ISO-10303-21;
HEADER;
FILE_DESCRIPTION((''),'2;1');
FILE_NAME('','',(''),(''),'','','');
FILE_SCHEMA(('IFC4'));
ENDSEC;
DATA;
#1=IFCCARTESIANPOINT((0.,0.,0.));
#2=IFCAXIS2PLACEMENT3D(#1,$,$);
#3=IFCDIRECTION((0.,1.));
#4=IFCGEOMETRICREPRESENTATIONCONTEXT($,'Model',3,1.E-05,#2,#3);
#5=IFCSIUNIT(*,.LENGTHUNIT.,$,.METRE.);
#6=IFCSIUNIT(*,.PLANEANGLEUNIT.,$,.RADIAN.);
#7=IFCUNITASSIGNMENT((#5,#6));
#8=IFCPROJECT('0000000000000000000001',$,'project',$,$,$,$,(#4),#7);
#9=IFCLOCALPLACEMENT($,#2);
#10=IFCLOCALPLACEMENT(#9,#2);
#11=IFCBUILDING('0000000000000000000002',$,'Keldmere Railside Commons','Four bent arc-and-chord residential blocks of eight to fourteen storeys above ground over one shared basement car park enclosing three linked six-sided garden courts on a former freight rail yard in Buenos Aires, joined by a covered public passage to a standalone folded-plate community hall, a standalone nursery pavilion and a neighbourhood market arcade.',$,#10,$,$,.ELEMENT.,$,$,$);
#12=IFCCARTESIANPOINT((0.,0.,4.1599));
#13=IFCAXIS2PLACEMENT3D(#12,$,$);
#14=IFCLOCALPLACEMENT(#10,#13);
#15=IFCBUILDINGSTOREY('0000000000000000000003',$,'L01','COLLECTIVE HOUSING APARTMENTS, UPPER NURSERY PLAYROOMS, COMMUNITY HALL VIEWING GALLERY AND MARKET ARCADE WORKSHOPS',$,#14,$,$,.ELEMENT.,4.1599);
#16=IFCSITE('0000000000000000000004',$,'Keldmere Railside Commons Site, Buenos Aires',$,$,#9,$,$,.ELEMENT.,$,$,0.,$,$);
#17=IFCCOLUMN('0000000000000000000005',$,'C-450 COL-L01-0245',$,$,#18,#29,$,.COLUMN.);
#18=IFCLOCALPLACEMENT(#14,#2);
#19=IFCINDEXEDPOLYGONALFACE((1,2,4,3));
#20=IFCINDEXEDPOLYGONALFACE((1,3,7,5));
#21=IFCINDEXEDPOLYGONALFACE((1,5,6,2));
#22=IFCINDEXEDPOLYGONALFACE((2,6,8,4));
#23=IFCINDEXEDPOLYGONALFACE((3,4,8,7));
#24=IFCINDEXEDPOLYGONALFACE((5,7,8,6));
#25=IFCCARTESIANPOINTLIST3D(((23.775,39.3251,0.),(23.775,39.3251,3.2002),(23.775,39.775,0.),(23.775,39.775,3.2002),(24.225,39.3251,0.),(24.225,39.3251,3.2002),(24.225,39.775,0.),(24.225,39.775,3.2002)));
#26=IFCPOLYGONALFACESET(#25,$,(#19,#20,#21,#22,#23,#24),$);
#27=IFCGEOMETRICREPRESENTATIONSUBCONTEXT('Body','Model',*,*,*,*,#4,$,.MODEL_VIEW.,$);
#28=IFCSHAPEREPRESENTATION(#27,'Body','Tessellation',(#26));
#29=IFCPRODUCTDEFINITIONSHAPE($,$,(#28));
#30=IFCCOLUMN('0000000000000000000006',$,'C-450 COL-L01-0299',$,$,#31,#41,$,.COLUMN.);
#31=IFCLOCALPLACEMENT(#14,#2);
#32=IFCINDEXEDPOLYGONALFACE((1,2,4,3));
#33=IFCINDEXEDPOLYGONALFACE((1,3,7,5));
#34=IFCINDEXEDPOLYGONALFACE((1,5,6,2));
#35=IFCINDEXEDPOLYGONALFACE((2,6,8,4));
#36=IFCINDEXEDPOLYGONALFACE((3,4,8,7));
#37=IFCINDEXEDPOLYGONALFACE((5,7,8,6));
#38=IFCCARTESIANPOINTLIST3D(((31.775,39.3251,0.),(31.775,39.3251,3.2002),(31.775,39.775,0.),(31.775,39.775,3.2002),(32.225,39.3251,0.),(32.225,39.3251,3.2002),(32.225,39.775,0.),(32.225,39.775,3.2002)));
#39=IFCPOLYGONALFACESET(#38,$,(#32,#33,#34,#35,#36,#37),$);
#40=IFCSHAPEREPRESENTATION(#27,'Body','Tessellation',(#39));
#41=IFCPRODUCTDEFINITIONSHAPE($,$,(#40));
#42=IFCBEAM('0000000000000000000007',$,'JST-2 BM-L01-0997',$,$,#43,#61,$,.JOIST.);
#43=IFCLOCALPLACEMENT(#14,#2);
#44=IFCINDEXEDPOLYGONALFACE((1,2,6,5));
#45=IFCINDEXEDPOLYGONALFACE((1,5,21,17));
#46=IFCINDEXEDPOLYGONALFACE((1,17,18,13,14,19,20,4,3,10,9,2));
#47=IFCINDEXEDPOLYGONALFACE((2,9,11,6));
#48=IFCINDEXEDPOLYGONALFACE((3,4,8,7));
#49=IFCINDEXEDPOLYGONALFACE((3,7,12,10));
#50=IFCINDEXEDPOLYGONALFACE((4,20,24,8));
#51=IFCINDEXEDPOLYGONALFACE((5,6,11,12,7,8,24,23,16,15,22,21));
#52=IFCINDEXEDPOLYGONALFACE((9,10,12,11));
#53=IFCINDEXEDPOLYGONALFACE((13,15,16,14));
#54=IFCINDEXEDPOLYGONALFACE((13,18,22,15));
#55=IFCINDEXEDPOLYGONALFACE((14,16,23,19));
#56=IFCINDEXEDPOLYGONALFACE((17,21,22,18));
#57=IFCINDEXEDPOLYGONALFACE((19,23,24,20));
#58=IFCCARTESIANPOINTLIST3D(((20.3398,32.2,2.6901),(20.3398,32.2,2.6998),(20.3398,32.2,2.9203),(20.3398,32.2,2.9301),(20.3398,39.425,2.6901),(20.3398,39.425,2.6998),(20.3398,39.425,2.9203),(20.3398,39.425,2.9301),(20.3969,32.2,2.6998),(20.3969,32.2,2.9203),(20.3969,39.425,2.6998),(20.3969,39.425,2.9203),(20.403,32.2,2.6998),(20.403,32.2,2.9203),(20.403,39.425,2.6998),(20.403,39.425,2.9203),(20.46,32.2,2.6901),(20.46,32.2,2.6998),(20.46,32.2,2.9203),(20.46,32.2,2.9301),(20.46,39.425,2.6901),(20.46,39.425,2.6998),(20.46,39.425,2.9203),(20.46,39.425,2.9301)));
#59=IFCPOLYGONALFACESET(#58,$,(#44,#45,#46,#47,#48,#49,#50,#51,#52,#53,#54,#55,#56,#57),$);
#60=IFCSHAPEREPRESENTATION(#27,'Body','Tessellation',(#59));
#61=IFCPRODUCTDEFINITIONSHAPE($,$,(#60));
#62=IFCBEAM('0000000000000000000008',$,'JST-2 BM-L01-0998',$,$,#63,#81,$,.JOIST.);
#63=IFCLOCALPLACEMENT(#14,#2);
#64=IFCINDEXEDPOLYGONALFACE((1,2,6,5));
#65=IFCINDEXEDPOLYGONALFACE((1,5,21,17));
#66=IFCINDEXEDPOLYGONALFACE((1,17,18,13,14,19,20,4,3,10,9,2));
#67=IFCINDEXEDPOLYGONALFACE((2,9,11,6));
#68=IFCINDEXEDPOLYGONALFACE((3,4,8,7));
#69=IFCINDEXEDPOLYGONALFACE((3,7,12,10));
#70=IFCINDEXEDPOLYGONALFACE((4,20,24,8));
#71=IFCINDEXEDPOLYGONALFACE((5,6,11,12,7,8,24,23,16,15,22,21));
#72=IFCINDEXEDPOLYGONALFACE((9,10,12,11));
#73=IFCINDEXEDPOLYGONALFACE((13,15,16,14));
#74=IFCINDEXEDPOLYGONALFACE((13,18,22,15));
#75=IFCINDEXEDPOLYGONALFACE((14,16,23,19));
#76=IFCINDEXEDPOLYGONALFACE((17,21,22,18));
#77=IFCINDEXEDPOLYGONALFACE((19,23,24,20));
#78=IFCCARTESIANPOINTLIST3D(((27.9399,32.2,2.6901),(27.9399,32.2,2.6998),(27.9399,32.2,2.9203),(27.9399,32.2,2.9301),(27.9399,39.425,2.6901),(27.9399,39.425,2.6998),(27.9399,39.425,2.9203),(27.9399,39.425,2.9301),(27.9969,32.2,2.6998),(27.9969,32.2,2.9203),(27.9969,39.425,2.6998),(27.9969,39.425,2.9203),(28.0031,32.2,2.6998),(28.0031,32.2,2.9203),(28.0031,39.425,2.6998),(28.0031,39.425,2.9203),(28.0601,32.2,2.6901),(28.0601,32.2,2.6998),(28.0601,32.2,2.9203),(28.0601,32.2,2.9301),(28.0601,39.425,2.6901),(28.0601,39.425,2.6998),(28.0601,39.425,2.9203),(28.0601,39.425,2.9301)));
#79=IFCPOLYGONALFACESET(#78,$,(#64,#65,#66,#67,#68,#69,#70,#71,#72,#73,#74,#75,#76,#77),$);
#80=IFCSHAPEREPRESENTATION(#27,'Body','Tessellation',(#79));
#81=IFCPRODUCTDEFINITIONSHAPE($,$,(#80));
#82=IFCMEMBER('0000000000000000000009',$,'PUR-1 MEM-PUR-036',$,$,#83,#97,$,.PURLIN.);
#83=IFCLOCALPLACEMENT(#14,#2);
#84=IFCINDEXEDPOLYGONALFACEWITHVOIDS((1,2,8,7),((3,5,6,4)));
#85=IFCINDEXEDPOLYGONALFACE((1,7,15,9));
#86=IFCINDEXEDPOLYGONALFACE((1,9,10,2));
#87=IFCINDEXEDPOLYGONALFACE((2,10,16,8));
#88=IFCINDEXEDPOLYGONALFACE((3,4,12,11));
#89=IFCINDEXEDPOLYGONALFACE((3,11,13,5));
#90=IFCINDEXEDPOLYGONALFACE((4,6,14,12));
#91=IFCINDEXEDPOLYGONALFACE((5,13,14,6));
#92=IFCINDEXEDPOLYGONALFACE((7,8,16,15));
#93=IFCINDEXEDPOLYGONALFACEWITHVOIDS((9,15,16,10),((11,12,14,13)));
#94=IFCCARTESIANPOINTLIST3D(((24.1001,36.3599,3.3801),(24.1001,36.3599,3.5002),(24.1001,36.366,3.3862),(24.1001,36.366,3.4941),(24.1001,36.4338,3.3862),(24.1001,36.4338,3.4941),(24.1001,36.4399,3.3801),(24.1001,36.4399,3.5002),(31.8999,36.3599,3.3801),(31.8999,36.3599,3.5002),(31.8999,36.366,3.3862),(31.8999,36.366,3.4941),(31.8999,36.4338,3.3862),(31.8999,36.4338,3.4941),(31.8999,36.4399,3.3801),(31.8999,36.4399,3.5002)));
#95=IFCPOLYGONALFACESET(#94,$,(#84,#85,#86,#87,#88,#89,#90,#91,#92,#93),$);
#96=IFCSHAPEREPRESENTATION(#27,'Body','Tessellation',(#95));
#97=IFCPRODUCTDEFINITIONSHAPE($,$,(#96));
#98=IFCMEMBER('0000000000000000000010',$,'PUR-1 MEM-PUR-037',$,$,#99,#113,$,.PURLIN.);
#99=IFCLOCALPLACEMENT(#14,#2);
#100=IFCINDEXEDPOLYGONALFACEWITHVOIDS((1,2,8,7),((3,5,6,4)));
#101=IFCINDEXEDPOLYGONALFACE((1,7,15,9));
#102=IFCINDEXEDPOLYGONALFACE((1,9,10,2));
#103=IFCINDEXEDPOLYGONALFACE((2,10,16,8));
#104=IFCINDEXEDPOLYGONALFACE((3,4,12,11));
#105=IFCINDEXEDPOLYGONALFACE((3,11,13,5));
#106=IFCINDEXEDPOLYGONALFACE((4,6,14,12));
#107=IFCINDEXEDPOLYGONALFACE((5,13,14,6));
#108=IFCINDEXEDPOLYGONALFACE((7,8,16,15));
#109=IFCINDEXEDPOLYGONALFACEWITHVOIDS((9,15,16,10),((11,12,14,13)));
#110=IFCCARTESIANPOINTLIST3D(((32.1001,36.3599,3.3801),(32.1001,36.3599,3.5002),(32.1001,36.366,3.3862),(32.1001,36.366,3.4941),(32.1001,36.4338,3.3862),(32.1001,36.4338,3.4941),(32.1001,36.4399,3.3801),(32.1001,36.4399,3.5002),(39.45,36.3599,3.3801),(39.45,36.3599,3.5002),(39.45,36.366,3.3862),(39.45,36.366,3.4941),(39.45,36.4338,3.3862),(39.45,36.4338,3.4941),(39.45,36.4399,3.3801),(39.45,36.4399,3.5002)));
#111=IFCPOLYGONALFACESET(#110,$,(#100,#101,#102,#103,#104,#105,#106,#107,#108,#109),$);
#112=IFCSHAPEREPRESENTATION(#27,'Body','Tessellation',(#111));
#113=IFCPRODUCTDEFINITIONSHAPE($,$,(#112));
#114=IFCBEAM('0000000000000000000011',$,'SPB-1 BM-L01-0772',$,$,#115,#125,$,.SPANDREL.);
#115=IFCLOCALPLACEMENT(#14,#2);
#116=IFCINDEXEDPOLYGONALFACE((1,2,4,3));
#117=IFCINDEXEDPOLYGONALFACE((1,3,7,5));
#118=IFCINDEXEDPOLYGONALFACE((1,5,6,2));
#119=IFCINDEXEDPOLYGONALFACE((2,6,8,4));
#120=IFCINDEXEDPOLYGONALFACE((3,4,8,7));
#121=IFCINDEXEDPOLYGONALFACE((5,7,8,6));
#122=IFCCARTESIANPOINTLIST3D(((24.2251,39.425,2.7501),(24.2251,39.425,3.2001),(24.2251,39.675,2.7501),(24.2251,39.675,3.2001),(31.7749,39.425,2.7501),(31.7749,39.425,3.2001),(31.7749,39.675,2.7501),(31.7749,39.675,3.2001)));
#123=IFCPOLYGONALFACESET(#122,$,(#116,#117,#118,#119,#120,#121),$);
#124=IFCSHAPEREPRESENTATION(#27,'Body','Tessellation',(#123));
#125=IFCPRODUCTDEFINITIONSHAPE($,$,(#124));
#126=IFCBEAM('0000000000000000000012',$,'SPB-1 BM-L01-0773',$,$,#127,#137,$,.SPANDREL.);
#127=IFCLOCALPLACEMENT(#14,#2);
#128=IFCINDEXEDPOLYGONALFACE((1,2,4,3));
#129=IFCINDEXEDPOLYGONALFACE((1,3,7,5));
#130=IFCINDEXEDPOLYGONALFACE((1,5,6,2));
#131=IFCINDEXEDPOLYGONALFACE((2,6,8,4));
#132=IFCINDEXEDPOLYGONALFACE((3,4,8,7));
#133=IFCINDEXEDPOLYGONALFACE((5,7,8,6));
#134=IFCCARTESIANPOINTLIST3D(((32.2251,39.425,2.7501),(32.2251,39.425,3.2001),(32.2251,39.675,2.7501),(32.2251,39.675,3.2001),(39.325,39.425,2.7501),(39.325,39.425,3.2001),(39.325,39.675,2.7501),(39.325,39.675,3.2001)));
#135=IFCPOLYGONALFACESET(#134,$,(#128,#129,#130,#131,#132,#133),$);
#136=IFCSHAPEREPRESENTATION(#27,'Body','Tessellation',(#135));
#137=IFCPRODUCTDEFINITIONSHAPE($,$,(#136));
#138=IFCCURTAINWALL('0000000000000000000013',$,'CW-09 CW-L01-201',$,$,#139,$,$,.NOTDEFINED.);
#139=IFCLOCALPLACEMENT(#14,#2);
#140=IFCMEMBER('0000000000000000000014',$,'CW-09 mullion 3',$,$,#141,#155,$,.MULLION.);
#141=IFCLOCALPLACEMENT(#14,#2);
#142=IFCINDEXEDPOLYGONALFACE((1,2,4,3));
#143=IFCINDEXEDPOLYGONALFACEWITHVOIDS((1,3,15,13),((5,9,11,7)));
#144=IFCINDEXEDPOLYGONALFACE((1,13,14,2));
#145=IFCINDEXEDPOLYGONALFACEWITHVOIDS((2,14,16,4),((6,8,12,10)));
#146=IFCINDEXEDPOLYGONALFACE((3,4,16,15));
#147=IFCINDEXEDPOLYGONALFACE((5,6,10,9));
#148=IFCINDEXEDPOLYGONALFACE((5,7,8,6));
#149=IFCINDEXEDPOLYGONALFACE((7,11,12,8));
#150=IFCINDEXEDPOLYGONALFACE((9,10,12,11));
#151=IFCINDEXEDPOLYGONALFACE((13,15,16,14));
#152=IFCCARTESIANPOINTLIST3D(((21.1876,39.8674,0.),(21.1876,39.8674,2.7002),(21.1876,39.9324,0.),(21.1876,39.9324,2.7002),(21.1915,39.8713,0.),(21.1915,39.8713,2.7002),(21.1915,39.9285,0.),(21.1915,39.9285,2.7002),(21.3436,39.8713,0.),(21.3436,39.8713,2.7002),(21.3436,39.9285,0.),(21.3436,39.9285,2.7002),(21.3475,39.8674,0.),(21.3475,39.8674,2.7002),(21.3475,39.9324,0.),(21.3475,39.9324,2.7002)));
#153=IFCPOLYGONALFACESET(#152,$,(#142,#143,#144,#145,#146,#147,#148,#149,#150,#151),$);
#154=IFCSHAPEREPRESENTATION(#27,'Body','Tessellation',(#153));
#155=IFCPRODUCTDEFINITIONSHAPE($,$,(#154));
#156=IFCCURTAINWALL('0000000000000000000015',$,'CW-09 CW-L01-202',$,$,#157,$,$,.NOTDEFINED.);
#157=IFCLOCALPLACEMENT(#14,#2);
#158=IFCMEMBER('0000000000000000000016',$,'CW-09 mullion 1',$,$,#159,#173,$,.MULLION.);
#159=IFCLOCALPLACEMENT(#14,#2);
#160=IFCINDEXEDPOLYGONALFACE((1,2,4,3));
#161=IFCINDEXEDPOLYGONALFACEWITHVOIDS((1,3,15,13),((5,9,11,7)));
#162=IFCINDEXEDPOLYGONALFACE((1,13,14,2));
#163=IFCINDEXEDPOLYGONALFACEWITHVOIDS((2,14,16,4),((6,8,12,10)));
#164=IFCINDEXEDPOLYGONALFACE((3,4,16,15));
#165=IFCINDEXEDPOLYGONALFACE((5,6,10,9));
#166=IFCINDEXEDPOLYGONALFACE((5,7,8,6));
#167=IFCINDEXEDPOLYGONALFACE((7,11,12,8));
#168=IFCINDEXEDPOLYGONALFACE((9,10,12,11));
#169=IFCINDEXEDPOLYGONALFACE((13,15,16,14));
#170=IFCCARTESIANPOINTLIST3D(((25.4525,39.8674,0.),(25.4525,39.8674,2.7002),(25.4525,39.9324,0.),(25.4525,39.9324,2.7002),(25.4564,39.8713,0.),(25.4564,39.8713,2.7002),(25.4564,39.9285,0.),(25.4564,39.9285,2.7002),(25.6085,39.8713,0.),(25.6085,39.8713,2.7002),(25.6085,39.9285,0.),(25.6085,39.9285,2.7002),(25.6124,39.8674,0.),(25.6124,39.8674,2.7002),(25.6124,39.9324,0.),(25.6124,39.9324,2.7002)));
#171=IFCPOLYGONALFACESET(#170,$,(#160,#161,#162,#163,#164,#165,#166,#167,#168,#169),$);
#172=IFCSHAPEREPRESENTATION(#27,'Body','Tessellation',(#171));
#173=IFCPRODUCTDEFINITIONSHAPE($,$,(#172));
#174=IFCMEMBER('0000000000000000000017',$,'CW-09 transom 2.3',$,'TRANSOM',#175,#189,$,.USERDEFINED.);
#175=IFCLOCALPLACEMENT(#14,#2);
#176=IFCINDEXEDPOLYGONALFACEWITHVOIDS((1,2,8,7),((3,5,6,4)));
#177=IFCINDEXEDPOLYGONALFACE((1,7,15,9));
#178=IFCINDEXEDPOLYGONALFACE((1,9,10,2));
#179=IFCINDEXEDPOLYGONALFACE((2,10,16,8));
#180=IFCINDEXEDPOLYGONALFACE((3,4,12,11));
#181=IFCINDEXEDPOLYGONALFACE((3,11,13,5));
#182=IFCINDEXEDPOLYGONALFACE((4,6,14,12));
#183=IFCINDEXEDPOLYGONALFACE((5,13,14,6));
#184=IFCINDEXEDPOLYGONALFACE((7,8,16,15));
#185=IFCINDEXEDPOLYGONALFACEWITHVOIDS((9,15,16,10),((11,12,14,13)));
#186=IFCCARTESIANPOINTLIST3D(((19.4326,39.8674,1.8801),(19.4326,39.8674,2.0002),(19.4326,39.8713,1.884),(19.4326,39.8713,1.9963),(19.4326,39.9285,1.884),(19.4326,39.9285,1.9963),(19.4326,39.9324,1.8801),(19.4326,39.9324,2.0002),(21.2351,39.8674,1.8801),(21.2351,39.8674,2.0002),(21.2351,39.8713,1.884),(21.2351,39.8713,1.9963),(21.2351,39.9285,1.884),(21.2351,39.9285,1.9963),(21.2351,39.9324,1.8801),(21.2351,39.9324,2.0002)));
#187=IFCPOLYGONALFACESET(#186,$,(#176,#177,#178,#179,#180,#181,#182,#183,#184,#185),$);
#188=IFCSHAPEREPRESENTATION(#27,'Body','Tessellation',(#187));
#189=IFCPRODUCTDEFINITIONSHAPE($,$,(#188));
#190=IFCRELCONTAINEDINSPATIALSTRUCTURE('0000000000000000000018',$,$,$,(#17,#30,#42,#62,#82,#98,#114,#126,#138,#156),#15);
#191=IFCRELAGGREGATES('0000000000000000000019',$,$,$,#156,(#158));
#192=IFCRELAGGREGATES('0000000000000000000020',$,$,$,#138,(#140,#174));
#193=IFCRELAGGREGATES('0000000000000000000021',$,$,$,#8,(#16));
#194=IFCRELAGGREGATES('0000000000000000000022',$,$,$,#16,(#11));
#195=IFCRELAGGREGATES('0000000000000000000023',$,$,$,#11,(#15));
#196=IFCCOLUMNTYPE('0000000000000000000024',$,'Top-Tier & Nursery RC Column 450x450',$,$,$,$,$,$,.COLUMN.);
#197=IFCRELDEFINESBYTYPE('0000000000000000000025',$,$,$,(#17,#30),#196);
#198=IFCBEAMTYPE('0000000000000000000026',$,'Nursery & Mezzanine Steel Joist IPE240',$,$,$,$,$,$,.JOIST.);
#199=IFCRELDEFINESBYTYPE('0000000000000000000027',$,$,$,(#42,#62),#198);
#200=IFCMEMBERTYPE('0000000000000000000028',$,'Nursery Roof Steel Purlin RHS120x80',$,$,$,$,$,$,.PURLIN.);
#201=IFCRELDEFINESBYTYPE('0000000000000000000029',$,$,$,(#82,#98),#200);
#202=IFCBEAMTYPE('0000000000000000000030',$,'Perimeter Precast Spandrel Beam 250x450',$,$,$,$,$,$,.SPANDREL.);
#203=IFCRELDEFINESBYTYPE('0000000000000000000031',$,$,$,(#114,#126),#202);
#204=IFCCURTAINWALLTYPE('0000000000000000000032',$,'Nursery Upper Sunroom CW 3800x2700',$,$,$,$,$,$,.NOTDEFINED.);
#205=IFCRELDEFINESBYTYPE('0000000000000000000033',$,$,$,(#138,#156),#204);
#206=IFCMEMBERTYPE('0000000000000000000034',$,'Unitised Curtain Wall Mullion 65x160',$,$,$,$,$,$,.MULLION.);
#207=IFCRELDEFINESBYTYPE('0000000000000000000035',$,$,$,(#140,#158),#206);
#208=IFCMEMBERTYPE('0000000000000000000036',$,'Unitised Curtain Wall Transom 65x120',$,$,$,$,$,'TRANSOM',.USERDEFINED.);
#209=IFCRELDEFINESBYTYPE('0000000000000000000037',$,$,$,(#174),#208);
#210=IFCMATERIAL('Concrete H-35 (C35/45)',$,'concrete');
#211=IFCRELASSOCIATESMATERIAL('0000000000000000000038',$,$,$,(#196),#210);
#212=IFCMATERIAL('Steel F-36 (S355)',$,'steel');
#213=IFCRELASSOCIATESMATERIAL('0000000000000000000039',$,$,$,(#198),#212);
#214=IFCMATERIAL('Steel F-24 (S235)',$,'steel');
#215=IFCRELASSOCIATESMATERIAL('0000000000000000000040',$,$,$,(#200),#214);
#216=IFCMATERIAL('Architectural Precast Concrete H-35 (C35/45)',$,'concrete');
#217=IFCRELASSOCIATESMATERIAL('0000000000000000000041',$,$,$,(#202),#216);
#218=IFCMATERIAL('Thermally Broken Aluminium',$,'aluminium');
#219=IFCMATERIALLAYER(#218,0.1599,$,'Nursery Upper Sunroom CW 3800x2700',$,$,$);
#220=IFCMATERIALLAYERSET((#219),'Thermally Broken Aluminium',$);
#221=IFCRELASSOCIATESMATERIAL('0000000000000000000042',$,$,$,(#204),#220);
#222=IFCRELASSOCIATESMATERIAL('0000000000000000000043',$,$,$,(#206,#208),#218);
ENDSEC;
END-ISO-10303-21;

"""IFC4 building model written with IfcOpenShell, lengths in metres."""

from ifc_helpers import new_model, si_unit, direction, frame, origin, origin_2d, place, context, subcontext, project, spatial, rectangle, hollow_rectangle, i_section, extrude, material, layer, layer_set, material_profile, profile_set, type_object, element, aggregate, save


model = new_model("IFC4")

# Units and contexts
model_context = context("Model", 3, precision=1e-05, world=origin(), true_north=direction((0.0, 1.0)))
body_context = subcontext(model_context, "Body", "Model", "MODEL_VIEW")
ifc_project = project(units=[si_unit("LENGTHUNIT", "METRE"), si_unit("PLANEANGLEUNIT", "RADIAN")], contexts=[model_context])

# Site, building, storey
site_placement = place(None, origin())
site = spatial("IfcSite", under=ifc_project, at=site_placement, Name="Keldmere Railside Commons Site, Buenos Aires", CompositionType="ELEMENT", RefElevation=0.0)
building_placement = place(site_placement, origin())
building = spatial("IfcBuilding", under=site, at=building_placement, Name="Keldmere Railside Commons", Description="Four bent arc-and-chord residential blocks of eight to fourteen storeys above ground over one shared basement car park enclosing three linked six-sided garden courts on a former freight rail yard in Buenos Aires, joined by a covered public passage to a standalone folded-plate community hall, a standalone nursery pavilion and a neighbourhood market arcade.", CompositionType="ELEMENT")
storey_placement = place(building_placement, frame((0.0, 0.0, 4.1599)))
storey = spatial("IfcBuildingStorey", under=building, at=storey_placement, Name="L01", Description="COLLECTIVE HOUSING APARTMENTS, UPPER NURSERY PLAYROOMS, COMMUNITY HALL VIEWING GALLERY AND MARKET ARCADE WORKSHOPS", CompositionType="ELEMENT", Elevation=4.1599)

# Columns
ifc_material_1 = material(Name="Concrete H-35 (C35/45)", Category="concrete")
ifc_material_profile_1 = material_profile(ifc_material_1, rectangle(XDim=0.45, YDim=0.45, at=origin_2d()), Name="RC-450x450")
ifc_profile_set_1 = profile_set([ifc_material_profile_1], Name="Concrete H-35 (C35/45)")
column_type = type_object("IfcColumnType", Name="Top-Tier & Nursery RC Column 450x450", PredefinedType="COLUMN", material=ifc_profile_set_1)
for number, where, z_axis, x_axis, name in (
    (1, (24.0, 39.55, 0.0), (0.0, 0.0, 1.0), (1.0, 0.0, 0.0), "C-450 COL-L01-0245"),
    (2, (32.0, 39.55, 0.0), (0.0, 0.0, 1.0), (1.0, 0.0, 0.0), "C-450 COL-L01-0299"),
):
    element("IfcColumn", number, at=place(storey_placement, frame(where, z_axis=z_axis, x_axis=x_axis)), inside=storey, type_object=column_type, Name=name, PredefinedType="COLUMN", context=body_context, shape_type="SweptSolid", body=[
        extrude(rectangle(XDim=0.45, YDim=0.45, at=origin_2d()), origin(), (0.0, 0.0, 1.0), 3.2002),
    ])

# Beams
ifc_material_2 = material(Name="Steel F-36 (S355)", Category="steel")
ifc_material_profile_2 = material_profile(ifc_material_2, i_section(OverallWidth=0.1201, OverallDepth=0.24, WebThickness=0.0061, FlangeThickness=0.0098, at=origin_2d()), Name="IPE-240")
ifc_profile_set_2 = profile_set([ifc_material_profile_2], Name="Steel F-36 (S355)")
beam_type_1 = type_object("IfcBeamType", Name="Nursery & Mezzanine Steel Joist IPE240", PredefinedType="JOIST", material=ifc_profile_set_2)
for number, where, z_axis, x_axis, name in (
    (3, (20.3999, 32.2, 2.8101), (0.0, 1.0, 0.0), (-1.0, 0.0, 0.0), "JST-2 BM-L01-0997"),
    (4, (28.0, 32.2, 2.8101), (0.0, 1.0, 0.0), (-1.0, 0.0, 0.0), "JST-2 BM-L01-0998"),
):
    element("IfcBeam", number, at=place(storey_placement, frame(where, z_axis=z_axis, x_axis=x_axis)), inside=storey, type_object=beam_type_1, Name=name, PredefinedType="JOIST", context=body_context, shape_type="SweptSolid", body=[
        extrude(i_section(OverallWidth=0.1201, OverallDepth=0.24, WebThickness=0.0061, FlangeThickness=0.0098, at=origin_2d()), origin(), (0.0, 0.0, 1.0), 7.2251),
    ])

# Members
ifc_material_3 = material(Name="Steel F-24 (S235)", Category="steel")
ifc_material_profile_3 = material_profile(ifc_material_3, hollow_rectangle(XDim=0.0801, YDim=0.1201, WallThickness=0.0061, at=origin_2d()), Name="RHS-120x80x6")
ifc_profile_set_3 = profile_set([ifc_material_profile_3], Name="Steel F-24 (S235)")
member_type_1 = type_object("IfcMemberType", Name="Nursery Roof Steel Purlin RHS120x80", PredefinedType="PURLIN", material=ifc_profile_set_3)
member_1_placement = place(storey_placement, frame((24.1001, 36.3999, 3.4402), z_axis=(1.0, 0.0, 0.0), x_axis=(0.0, 1.0, 0.0)))
element("IfcMember", 5, at=member_1_placement, inside=storey, type_object=member_type_1, Name="PUR-1 MEM-PUR-036", PredefinedType="PURLIN", context=body_context, shape_type="SweptSolid", body=[
    extrude(hollow_rectangle(XDim=0.0801, YDim=0.1201, WallThickness=0.0061, at=origin_2d()), origin(), (0.0, 0.0, 1.0), 7.7998),
])
member_2_placement = place(storey_placement, frame((32.1001, 36.3999, 3.4402), z_axis=(1.0, 0.0, 0.0), x_axis=(0.0, 1.0, 0.0)))
element("IfcMember", 6, at=member_2_placement, inside=storey, type_object=member_type_1, Name="PUR-1 MEM-PUR-037", PredefinedType="PURLIN", context=body_context, shape_type="SweptSolid", body=[
    extrude(hollow_rectangle(XDim=0.0801, YDim=0.1201, WallThickness=0.0061, at=origin_2d()), origin(), (0.0, 0.0, 1.0), 7.3499),
])

# Beams
ifc_material_4 = material(Name="Architectural Precast Concrete H-35 (C35/45)", Category="concrete")
ifc_material_profile_4 = material_profile(ifc_material_4, rectangle(XDim=0.25, YDim=0.45, at=origin_2d()), Name="RC-250x450")
ifc_profile_set_4 = profile_set([ifc_material_profile_4], Name="Architectural Precast Concrete H-35 (C35/45)")
beam_type_2 = type_object("IfcBeamType", Name="Perimeter Precast Spandrel Beam 250x450", PredefinedType="SPANDREL", material=ifc_profile_set_4)
beam_1_placement = place(storey_placement, frame((24.2251, 39.55, 2.9751), z_axis=(1.0, 0.0, 0.0), x_axis=(0.0, 1.0, 0.0)))
element("IfcBeam", 7, at=beam_1_placement, inside=storey, type_object=beam_type_2, Name="SPB-1 BM-L01-0772", PredefinedType="SPANDREL", context=body_context, shape_type="SweptSolid", body=[
    extrude(rectangle(XDim=0.25, YDim=0.45, at=origin_2d()), origin(), (0.0, 0.0, 1.0), 7.5498),
])
beam_2_placement = place(storey_placement, frame((32.2251, 39.55, 2.9751), z_axis=(1.0, 0.0, 0.0), x_axis=(0.0, 1.0, 0.0)))
element("IfcBeam", 8, at=beam_2_placement, inside=storey, type_object=beam_type_2, Name="SPB-1 BM-L01-0773", PredefinedType="SPANDREL", context=body_context, shape_type="SweptSolid", body=[
    extrude(rectangle(XDim=0.25, YDim=0.45, at=origin_2d()), origin(), (0.0, 0.0, 1.0), 7.0999),
])

# Curtain walls, members
ifc_material_5 = material(Name="Thermally Broken Aluminium", Category="aluminium")
ifc_layer_1 = layer(ifc_material_5, 0.1599, Name="Nursery Upper Sunroom CW 3800x2700")
ifc_layer_set_1 = layer_set([ifc_layer_1], Name="Thermally Broken Aluminium")
curtain_wall_type = type_object("IfcCurtainWallType", Name="Nursery Upper Sunroom CW 3800x2700", PredefinedType="NOTDEFINED", material=ifc_layer_set_1)
curtain_wall_1_placement = place(storey_placement, origin())
curtain_wall_1 = element("IfcCurtainWall", 9, at=curtain_wall_1_placement, inside=storey, type_object=curtain_wall_type, Name="CW-09 CW-L01-201", PredefinedType="NOTDEFINED")
ifc_material_profile_5 = material_profile(ifc_material_5, hollow_rectangle(XDim=0.0649, YDim=0.1599, WallThickness=0.0039, at=origin_2d()), Name="ALU-MULL-65x160")
ifc_profile_set_5 = profile_set([ifc_material_profile_5], Name="Thermally Broken Aluminium")
member_type_2 = type_object("IfcMemberType", Name="Unitised Curtain Wall Mullion 65x160", PredefinedType="MULLION", material=ifc_profile_set_5)
member_3_placement = place(storey_placement, frame((21.2676, 39.8999, 0.0), z_axis=(0.0, 0.0, 1.0), x_axis=(0.0, 1.0, 0.0)))
member_3 = element("IfcMember", 10, at=member_3_placement, type_object=member_type_2, Name="CW-09 mullion 3", PredefinedType="MULLION", context=body_context, shape_type="SweptSolid", body=[
    extrude(hollow_rectangle(XDim=0.0649, YDim=0.1599, WallThickness=0.0039, at=origin_2d()), origin(), (0.0, 0.0, 1.0), 2.7002),
])
curtain_wall_2_placement = place(storey_placement, origin())
curtain_wall_2 = element("IfcCurtainWall", 11, at=curtain_wall_2_placement, inside=storey, type_object=curtain_wall_type, Name="CW-09 CW-L01-202", PredefinedType="NOTDEFINED")
member_4_placement = place(storey_placement, frame((25.5325, 39.8999, 0.0), z_axis=(0.0, 0.0, 1.0), x_axis=(0.0, 1.0, 0.0)))
member_4 = element("IfcMember", 12, at=member_4_placement, type_object=member_type_2, Name="CW-09 mullion 1", PredefinedType="MULLION", context=body_context, shape_type="SweptSolid", body=[
    extrude(hollow_rectangle(XDim=0.0649, YDim=0.1599, WallThickness=0.0039, at=origin_2d()), origin(), (0.0, 0.0, 1.0), 2.7002),
])

# Member
ifc_material_profile_6 = material_profile(ifc_material_5, hollow_rectangle(XDim=0.0649, YDim=0.1201, WallThickness=0.0039, at=origin_2d()), Name="ALU-TRAN-65x120")
ifc_profile_set_6 = profile_set([ifc_material_profile_6], Name="Thermally Broken Aluminium")
member_type_3 = type_object("IfcMemberType", Name="Unitised Curtain Wall Transom 65x120", ElementType="TRANSOM", PredefinedType="USERDEFINED", material=ifc_profile_set_6)
member_5_placement = place(storey_placement, frame((19.4326, 39.8999, 1.9402), z_axis=(1.0, 0.0, 0.0), x_axis=(0.0, 1.0, 0.0)))
member_5 = element("IfcMember", 13, at=member_5_placement, type_object=member_type_3, Name="CW-09 transom 2.3", ObjectType="TRANSOM", PredefinedType="USERDEFINED", context=body_context, shape_type="SweptSolid", body=[
    extrude(hollow_rectangle(XDim=0.0649, YDim=0.1201, WallThickness=0.0039, at=origin_2d()), origin(), (0.0, 0.0, 1.0), 1.8025),
])

aggregate(curtain_wall_2, [member_4])
aggregate(curtain_wall_1, [member_3, member_5])

save(model, "model.ifc")
